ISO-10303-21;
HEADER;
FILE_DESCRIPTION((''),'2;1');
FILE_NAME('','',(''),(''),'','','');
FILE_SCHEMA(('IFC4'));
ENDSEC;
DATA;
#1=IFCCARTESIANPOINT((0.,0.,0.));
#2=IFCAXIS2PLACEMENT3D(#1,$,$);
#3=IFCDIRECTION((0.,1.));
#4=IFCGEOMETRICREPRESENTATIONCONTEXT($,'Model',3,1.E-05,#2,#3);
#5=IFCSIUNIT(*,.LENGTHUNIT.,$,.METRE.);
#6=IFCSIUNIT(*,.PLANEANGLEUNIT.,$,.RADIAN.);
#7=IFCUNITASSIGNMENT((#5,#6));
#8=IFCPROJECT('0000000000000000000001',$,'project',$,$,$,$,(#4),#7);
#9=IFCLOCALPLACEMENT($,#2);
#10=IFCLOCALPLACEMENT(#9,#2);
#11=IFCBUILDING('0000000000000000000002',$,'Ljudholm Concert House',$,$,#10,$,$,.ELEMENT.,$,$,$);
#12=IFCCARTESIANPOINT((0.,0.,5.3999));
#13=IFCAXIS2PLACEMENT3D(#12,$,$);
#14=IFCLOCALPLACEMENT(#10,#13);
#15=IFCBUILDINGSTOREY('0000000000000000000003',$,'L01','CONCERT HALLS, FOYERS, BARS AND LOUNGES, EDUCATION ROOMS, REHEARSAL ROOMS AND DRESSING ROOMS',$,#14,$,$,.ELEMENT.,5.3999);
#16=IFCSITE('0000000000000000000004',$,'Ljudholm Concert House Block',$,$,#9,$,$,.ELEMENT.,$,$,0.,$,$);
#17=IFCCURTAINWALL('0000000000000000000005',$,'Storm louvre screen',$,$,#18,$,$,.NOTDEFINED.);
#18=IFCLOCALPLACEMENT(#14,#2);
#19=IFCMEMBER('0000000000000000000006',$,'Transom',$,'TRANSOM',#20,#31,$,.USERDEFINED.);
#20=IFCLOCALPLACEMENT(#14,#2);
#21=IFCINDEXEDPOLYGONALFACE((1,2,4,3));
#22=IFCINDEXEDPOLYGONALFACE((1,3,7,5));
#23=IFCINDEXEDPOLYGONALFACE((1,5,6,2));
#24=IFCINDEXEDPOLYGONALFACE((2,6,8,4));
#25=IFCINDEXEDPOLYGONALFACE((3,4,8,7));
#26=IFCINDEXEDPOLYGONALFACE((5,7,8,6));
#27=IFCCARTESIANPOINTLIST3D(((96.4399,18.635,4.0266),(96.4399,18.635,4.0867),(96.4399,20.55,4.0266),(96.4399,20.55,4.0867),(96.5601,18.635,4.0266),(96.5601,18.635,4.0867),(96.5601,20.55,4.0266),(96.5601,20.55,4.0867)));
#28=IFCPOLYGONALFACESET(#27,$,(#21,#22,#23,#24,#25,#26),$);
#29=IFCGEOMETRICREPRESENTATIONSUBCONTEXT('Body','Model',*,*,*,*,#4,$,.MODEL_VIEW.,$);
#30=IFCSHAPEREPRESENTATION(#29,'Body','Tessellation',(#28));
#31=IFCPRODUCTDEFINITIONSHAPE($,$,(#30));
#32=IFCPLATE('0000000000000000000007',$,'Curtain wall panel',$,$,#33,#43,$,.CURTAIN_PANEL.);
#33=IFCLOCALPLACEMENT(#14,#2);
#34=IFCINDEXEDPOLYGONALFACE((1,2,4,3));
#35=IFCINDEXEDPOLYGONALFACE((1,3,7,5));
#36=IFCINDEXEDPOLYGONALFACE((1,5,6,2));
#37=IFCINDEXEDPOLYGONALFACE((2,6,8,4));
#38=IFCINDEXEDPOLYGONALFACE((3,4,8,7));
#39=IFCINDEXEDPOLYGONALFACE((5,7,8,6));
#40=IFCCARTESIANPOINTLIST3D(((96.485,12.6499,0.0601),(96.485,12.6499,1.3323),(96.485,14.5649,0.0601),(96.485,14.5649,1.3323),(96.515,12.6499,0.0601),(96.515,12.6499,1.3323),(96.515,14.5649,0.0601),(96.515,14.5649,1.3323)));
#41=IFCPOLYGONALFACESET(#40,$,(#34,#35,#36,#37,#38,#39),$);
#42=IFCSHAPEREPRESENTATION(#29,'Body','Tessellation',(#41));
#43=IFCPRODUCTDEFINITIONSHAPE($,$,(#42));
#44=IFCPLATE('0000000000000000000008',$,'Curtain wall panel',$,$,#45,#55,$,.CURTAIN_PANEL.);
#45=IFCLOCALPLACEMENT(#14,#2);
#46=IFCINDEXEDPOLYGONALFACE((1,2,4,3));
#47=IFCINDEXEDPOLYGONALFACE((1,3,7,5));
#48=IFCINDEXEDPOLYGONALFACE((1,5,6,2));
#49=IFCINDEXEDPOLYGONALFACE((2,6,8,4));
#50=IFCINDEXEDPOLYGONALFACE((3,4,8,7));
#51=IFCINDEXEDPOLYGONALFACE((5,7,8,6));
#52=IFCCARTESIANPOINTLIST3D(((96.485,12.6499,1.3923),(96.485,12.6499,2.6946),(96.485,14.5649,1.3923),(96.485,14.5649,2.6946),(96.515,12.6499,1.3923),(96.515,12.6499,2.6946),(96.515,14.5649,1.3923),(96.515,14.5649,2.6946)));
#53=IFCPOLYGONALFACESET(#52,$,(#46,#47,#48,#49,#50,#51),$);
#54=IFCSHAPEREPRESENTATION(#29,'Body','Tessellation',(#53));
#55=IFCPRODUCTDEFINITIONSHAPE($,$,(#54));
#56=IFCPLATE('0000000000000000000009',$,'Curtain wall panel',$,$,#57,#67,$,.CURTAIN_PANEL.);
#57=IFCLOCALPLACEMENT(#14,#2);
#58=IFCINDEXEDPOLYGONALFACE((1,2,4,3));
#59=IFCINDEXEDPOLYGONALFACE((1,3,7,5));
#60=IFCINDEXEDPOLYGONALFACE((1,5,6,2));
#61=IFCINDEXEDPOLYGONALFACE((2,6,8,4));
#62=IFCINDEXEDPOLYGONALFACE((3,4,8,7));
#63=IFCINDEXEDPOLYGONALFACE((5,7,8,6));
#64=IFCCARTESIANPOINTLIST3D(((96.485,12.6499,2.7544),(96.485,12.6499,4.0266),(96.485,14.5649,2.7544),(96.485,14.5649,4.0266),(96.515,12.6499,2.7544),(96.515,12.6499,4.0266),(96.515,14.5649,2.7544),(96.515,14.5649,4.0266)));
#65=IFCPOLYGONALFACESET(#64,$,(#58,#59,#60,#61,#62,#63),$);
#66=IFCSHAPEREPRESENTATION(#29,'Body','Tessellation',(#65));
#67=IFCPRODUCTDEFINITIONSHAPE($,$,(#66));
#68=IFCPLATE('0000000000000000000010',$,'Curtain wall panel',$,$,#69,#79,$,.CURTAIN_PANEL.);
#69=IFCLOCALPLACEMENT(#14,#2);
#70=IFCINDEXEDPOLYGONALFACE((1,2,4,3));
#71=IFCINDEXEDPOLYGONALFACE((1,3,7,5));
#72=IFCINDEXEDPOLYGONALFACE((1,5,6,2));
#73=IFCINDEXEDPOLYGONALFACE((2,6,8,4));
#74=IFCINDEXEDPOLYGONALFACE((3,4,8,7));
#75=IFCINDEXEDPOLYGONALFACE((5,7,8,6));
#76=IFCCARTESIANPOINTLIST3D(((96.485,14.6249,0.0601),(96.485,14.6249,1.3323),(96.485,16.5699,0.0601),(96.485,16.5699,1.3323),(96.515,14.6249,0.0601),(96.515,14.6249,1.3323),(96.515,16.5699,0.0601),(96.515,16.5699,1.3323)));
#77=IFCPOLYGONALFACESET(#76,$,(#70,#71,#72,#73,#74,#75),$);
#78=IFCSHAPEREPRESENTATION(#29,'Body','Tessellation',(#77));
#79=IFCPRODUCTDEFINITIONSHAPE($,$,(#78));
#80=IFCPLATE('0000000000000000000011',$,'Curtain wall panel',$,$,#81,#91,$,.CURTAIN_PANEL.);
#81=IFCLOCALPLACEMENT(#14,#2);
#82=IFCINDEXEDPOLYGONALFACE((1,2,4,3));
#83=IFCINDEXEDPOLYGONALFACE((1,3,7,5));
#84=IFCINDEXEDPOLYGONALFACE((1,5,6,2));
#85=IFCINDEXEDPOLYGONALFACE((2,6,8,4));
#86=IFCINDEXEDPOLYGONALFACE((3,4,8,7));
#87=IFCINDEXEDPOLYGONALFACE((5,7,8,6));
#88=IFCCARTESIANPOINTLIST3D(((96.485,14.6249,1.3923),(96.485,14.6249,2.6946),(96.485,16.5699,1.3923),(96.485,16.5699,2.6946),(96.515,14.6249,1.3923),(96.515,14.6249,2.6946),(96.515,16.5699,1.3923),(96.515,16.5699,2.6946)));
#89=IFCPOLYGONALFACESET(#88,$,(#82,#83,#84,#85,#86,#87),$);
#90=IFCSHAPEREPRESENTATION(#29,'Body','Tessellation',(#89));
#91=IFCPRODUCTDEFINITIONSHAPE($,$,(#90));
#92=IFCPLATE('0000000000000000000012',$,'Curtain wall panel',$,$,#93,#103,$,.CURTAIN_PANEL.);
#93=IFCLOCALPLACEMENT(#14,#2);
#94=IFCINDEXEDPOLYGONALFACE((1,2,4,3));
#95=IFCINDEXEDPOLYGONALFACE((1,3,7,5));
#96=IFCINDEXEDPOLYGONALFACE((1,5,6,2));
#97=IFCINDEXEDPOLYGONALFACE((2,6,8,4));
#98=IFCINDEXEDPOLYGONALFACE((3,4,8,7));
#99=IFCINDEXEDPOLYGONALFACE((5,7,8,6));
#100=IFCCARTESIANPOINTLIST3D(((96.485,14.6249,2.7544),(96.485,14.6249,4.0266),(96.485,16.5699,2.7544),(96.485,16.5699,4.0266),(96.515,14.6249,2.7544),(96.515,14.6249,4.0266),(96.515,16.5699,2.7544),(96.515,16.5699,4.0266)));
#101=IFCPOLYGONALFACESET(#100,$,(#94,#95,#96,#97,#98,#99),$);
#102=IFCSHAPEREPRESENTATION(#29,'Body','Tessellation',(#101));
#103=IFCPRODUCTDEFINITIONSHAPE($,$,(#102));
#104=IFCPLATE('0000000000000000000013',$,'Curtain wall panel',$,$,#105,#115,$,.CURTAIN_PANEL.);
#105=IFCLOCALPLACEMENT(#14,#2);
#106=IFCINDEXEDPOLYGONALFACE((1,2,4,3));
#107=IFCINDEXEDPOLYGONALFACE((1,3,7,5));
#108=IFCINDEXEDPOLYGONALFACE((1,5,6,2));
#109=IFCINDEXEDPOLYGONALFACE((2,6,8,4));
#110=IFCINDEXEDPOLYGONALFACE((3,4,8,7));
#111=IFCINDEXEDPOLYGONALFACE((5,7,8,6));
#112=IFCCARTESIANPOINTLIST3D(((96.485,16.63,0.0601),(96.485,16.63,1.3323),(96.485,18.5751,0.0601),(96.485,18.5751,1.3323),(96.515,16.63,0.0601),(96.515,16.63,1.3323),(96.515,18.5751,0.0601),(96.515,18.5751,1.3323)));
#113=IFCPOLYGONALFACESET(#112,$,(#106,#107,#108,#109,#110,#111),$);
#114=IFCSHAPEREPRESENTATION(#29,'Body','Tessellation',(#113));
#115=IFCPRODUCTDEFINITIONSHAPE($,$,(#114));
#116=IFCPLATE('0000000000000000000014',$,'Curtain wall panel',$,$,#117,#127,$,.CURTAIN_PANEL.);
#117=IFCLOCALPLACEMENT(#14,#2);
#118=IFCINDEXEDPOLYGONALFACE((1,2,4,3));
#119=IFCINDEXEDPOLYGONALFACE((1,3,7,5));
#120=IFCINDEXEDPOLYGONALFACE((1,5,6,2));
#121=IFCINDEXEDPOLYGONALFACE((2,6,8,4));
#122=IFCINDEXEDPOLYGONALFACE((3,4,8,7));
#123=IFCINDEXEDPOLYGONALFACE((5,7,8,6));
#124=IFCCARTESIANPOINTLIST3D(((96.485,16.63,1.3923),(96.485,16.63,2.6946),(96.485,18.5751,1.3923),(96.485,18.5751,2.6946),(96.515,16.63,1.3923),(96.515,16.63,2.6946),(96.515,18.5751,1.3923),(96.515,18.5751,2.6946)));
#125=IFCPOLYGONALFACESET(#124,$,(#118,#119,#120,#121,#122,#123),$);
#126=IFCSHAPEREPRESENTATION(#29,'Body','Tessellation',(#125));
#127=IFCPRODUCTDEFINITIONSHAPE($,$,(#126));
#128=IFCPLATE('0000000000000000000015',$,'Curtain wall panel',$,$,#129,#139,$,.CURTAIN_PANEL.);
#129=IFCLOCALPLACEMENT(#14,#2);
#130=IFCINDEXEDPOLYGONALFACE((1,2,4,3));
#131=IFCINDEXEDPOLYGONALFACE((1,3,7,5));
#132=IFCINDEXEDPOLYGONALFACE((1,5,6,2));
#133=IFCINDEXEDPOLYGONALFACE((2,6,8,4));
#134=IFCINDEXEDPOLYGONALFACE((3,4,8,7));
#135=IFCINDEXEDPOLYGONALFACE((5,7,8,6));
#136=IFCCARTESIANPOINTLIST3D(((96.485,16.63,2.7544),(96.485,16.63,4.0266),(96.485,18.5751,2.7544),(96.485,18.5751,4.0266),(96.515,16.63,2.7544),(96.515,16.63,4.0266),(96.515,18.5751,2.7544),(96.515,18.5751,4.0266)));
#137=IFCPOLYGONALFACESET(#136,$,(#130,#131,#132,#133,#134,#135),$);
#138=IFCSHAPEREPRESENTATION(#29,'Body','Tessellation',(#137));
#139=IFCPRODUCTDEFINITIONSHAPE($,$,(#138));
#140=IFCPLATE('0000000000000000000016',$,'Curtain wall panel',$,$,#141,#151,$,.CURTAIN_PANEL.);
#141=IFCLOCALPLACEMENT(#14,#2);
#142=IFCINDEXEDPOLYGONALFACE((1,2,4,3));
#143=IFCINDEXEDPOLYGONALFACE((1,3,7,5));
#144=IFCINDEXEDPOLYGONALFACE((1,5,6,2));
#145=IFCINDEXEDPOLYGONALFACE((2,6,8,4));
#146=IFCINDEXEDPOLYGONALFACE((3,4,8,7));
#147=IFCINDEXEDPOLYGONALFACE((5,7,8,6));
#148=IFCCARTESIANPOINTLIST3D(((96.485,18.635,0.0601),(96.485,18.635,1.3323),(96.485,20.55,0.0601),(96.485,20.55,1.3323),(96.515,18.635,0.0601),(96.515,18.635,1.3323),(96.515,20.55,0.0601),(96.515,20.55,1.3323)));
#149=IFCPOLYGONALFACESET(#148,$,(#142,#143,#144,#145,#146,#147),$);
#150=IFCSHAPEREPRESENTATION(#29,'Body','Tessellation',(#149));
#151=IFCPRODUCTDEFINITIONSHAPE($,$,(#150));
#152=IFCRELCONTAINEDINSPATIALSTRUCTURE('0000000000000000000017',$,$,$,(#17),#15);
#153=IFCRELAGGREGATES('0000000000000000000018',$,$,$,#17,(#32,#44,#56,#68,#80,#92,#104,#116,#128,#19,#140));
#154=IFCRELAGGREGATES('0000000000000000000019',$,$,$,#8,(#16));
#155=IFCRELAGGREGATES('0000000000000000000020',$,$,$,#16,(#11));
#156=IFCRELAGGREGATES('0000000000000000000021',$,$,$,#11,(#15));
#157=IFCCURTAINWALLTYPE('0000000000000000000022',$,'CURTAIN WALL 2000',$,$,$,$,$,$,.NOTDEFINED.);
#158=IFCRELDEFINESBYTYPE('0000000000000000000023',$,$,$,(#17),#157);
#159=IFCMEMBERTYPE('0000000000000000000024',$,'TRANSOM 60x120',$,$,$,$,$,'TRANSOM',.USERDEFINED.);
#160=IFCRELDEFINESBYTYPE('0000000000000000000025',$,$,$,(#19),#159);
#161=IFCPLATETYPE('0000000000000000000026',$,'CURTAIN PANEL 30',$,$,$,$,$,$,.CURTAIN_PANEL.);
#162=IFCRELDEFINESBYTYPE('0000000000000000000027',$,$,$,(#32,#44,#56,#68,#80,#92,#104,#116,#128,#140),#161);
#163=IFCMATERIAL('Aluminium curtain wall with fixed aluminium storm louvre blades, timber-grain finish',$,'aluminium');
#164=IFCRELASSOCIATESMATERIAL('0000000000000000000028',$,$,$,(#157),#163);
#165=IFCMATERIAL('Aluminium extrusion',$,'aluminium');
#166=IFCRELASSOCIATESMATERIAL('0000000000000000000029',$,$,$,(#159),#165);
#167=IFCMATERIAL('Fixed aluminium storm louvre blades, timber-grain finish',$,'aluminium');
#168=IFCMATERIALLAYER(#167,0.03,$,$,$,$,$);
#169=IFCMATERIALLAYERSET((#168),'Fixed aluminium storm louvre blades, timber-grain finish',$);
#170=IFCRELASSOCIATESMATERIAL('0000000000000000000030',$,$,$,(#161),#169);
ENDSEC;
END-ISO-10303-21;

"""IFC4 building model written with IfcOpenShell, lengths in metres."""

from ifc_helpers import new_model, si_unit, direction, frame, origin, origin_2d, place, context, subcontext, project, spatial, rectangle, extrude, material, layer, layer_set, material_profile, profile_set, type_object, element, aggregate, save


model = new_model("IFC4")

# Units and contexts
model_context = context("Model", 3, precision=1e-05, world=origin(), true_north=direction((0.0, 1.0)))
body_context = subcontext(model_context, "Body", "Model", "MODEL_VIEW")
ifc_project = project(units=[si_unit("LENGTHUNIT", "METRE"), si_unit("PLANEANGLEUNIT", "RADIAN")], contexts=[model_context])

# Site, building, storey
site_placement = place(None, origin())
site = spatial("IfcSite", under=ifc_project, at=site_placement, Name="Ljudholm Concert House Block", CompositionType="ELEMENT", RefElevation=0.0)
building_placement = place(site_placement, origin())
building = spatial("IfcBuilding", under=site, at=building_placement, Name="Ljudholm Concert House", CompositionType="ELEMENT")
storey_placement = place(building_placement, frame((0.0, 0.0, 5.3999)))
storey = spatial("IfcBuildingStorey", under=building, at=storey_placement, Name="L01", Description="CONCERT HALLS, FOYERS, BARS AND LOUNGES, EDUCATION ROOMS, REHEARSAL ROOMS AND DRESSING ROOMS", CompositionType="ELEMENT", Elevation=5.3999)

# Curtain wall, member, plates
ifc_material_1 = material(Name="Aluminium curtain wall with fixed aluminium storm louvre blades, timber-grain finish", Category="aluminium")
curtain_wall_type = type_object("IfcCurtainWallType", Name="CURTAIN WALL 2000", PredefinedType="NOTDEFINED", material=ifc_material_1)
curtain_wall_placement = place(storey_placement, origin())
curtain_wall = element("IfcCurtainWall", 1, at=curtain_wall_placement, inside=storey, type_object=curtain_wall_type, Name="Storm louvre screen", PredefinedType="NOTDEFINED")
ifc_material_2 = material(Name="Aluminium extrusion", Category="aluminium")
ifc_material_profile_1 = material_profile(ifc_material_2, rectangle(XDim=0.1201, YDim=0.0601, at=origin_2d()), Name="TRANSOM 60x120")
ifc_profile_set_1 = profile_set([ifc_material_profile_1], Name="Aluminium extrusion")
member_type_1 = type_object("IfcMemberType", Name="TRANSOM 60x120", ElementType="TRANSOM", PredefinedType="USERDEFINED", material=ifc_profile_set_1)
member_1_placement = place(storey_placement, frame((96.5, 18.635, 4.0566), z_axis=(0.0, 1.0, 0.0), x_axis=(-1.0, 0.0, 0.0)))
member_1 = element("IfcMember", 2, at=member_1_placement, type_object=member_type_1, Name="Transom", ObjectType="TRANSOM", PredefinedType="USERDEFINED", context=body_context, shape_type="SweptSolid", body=[
    extrude(rectangle(XDim=0.1201, YDim=0.0601, at=origin_2d()), origin(), (0.0, 0.0, 1.0), 1.915),
])
ifc_material_3 = material(Name="Fixed aluminium storm louvre blades, timber-grain finish", Category="aluminium")
ifc_layer = layer(ifc_material_3, 0.03)
ifc_layer_set = layer_set([ifc_layer], Name="Fixed aluminium storm louvre blades, timber-grain finish")
plate_type = type_object("IfcPlateType", Name="CURTAIN PANEL 30", PredefinedType="CURTAIN_PANEL", material=ifc_layer_set)
plate_1_placement = place(storey_placement, frame((96.5, 13.6074, 0.0601), z_axis=(0.0, 0.0, 1.0), x_axis=(0.0, 1.0, 0.0)))
plate_1 = element("IfcPlate", 3, at=plate_1_placement, type_object=plate_type, Name="Curtain wall panel", PredefinedType="CURTAIN_PANEL", context=body_context, shape_type="SweptSolid", body=[
    extrude(rectangle(XDim=1.915, YDim=0.03, at=origin_2d()), origin(), (0.0, 0.0, 1.0), 1.2722),
])
plate_2_placement = place(storey_placement, frame((96.5, 13.6074, 1.3923), z_axis=(0.0, 0.0, 1.0), x_axis=(0.0, 1.0, 0.0)))
plate_2 = element("IfcPlate", 4, at=plate_2_placement, type_object=plate_type, Name="Curtain wall panel", PredefinedType="CURTAIN_PANEL", context=body_context, shape_type="SweptSolid", body=[
    extrude(rectangle(XDim=1.915, YDim=0.03, at=origin_2d()), origin(), (0.0, 0.0, 1.0), 1.3022),
])
plate_3_placement = place(storey_placement, frame((96.5, 13.6074, 2.7544), z_axis=(0.0, 0.0, 1.0), x_axis=(0.0, 1.0, 0.0)))
plate_3 = element("IfcPlate", 5, at=plate_3_placement, type_object=plate_type, Name="Curtain wall panel", PredefinedType="CURTAIN_PANEL", context=body_context, shape_type="SweptSolid", body=[
    extrude(rectangle(XDim=1.915, YDim=0.03, at=origin_2d()), origin(), (0.0, 0.0, 1.0), 1.2722),
])
plate_4_placement = place(storey_placement, frame((96.5, 15.5974, 0.0601), z_axis=(0.0, 0.0, 1.0), x_axis=(0.0, 1.0, 0.0)))
plate_4 = element("IfcPlate", 6, at=plate_4_placement, type_object=plate_type, Name="Curtain wall panel", PredefinedType="CURTAIN_PANEL", context=body_context, shape_type="SweptSolid", body=[
    extrude(rectangle(XDim=1.9451, YDim=0.03, at=origin_2d()), origin(), (0.0, 0.0, 1.0), 1.2722),
])
plate_5_placement = place(storey_placement, frame((96.5, 15.5974, 1.3923), z_axis=(0.0, 0.0, 1.0), x_axis=(0.0, 1.0, 0.0)))
plate_5 = element("IfcPlate", 7, at=plate_5_placement, type_object=plate_type, Name="Curtain wall panel", PredefinedType="CURTAIN_PANEL", context=body_context, shape_type="SweptSolid", body=[
    extrude(rectangle(XDim=1.9451, YDim=0.03, at=origin_2d()), origin(), (0.0, 0.0, 1.0), 1.3022),
])
plate_6_placement = place(storey_placement, frame((96.5, 15.5974, 2.7544), z_axis=(0.0, 0.0, 1.0), x_axis=(0.0, 1.0, 0.0)))
plate_6 = element("IfcPlate", 8, at=plate_6_placement, type_object=plate_type, Name="Curtain wall panel", PredefinedType="CURTAIN_PANEL", context=body_context, shape_type="SweptSolid", body=[
    extrude(rectangle(XDim=1.9451, YDim=0.03, at=origin_2d()), origin(), (0.0, 0.0, 1.0), 1.2722),
])
plate_7_placement = place(storey_placement, frame((96.5, 17.6025, 0.0601), z_axis=(0.0, 0.0, 1.0), x_axis=(0.0, 1.0, 0.0)))
plate_7 = element("IfcPlate", 9, at=plate_7_placement, type_object=plate_type, Name="Curtain wall panel", PredefinedType="CURTAIN_PANEL", context=body_context, shape_type="SweptSolid", body=[
    extrude(rectangle(XDim=1.9451, YDim=0.03, at=origin_2d()), origin(), (0.0, 0.0, 1.0), 1.2722),
])
plate_8_placement = place(storey_placement, frame((96.5, 17.6025, 1.3923), z_axis=(0.0, 0.0, 1.0), x_axis=(0.0, 1.0, 0.0)))
plate_8 = element("IfcPlate", 10, at=plate_8_placement, type_object=plate_type, Name="Curtain wall panel", PredefinedType="CURTAIN_PANEL", context=body_context, shape_type="SweptSolid", body=[
    extrude(rectangle(XDim=1.9451, YDim=0.03, at=origin_2d()), origin(), (0.0, 0.0, 1.0), 1.3022),
])
plate_9_placement = place(storey_placement, frame((96.5, 17.6025, 2.7544), z_axis=(0.0, 0.0, 1.0), x_axis=(0.0, 1.0, 0.0)))
plate_9 = element("IfcPlate", 11, at=plate_9_placement, type_object=plate_type, Name="Curtain wall panel", PredefinedType="CURTAIN_PANEL", context=body_context, shape_type="SweptSolid", body=[
    extrude(rectangle(XDim=1.9451, YDim=0.03, at=origin_2d()), origin(), (0.0, 0.0, 1.0), 1.2722),
])
plate_10_placement = place(storey_placement, frame((96.5, 19.5925, 0.0601), z_axis=(0.0, 0.0, 1.0), x_axis=(0.0, 1.0, 0.0)))
plate_10 = element("IfcPlate", 12, at=plate_10_placement, type_object=plate_type, Name="Curtain wall panel", PredefinedType="CURTAIN_PANEL", context=body_context, shape_type="SweptSolid", body=[
    extrude(rectangle(XDim=1.915, YDim=0.03, at=origin_2d()), origin(), (0.0, 0.0, 1.0), 1.2722),
])
aggregate(curtain_wall, [plate_1, plate_2, plate_3, plate_4, plate_5, plate_6, plate_7, plate_8, plate_9, member_1, plate_10])

save(model, "model.ifc")
